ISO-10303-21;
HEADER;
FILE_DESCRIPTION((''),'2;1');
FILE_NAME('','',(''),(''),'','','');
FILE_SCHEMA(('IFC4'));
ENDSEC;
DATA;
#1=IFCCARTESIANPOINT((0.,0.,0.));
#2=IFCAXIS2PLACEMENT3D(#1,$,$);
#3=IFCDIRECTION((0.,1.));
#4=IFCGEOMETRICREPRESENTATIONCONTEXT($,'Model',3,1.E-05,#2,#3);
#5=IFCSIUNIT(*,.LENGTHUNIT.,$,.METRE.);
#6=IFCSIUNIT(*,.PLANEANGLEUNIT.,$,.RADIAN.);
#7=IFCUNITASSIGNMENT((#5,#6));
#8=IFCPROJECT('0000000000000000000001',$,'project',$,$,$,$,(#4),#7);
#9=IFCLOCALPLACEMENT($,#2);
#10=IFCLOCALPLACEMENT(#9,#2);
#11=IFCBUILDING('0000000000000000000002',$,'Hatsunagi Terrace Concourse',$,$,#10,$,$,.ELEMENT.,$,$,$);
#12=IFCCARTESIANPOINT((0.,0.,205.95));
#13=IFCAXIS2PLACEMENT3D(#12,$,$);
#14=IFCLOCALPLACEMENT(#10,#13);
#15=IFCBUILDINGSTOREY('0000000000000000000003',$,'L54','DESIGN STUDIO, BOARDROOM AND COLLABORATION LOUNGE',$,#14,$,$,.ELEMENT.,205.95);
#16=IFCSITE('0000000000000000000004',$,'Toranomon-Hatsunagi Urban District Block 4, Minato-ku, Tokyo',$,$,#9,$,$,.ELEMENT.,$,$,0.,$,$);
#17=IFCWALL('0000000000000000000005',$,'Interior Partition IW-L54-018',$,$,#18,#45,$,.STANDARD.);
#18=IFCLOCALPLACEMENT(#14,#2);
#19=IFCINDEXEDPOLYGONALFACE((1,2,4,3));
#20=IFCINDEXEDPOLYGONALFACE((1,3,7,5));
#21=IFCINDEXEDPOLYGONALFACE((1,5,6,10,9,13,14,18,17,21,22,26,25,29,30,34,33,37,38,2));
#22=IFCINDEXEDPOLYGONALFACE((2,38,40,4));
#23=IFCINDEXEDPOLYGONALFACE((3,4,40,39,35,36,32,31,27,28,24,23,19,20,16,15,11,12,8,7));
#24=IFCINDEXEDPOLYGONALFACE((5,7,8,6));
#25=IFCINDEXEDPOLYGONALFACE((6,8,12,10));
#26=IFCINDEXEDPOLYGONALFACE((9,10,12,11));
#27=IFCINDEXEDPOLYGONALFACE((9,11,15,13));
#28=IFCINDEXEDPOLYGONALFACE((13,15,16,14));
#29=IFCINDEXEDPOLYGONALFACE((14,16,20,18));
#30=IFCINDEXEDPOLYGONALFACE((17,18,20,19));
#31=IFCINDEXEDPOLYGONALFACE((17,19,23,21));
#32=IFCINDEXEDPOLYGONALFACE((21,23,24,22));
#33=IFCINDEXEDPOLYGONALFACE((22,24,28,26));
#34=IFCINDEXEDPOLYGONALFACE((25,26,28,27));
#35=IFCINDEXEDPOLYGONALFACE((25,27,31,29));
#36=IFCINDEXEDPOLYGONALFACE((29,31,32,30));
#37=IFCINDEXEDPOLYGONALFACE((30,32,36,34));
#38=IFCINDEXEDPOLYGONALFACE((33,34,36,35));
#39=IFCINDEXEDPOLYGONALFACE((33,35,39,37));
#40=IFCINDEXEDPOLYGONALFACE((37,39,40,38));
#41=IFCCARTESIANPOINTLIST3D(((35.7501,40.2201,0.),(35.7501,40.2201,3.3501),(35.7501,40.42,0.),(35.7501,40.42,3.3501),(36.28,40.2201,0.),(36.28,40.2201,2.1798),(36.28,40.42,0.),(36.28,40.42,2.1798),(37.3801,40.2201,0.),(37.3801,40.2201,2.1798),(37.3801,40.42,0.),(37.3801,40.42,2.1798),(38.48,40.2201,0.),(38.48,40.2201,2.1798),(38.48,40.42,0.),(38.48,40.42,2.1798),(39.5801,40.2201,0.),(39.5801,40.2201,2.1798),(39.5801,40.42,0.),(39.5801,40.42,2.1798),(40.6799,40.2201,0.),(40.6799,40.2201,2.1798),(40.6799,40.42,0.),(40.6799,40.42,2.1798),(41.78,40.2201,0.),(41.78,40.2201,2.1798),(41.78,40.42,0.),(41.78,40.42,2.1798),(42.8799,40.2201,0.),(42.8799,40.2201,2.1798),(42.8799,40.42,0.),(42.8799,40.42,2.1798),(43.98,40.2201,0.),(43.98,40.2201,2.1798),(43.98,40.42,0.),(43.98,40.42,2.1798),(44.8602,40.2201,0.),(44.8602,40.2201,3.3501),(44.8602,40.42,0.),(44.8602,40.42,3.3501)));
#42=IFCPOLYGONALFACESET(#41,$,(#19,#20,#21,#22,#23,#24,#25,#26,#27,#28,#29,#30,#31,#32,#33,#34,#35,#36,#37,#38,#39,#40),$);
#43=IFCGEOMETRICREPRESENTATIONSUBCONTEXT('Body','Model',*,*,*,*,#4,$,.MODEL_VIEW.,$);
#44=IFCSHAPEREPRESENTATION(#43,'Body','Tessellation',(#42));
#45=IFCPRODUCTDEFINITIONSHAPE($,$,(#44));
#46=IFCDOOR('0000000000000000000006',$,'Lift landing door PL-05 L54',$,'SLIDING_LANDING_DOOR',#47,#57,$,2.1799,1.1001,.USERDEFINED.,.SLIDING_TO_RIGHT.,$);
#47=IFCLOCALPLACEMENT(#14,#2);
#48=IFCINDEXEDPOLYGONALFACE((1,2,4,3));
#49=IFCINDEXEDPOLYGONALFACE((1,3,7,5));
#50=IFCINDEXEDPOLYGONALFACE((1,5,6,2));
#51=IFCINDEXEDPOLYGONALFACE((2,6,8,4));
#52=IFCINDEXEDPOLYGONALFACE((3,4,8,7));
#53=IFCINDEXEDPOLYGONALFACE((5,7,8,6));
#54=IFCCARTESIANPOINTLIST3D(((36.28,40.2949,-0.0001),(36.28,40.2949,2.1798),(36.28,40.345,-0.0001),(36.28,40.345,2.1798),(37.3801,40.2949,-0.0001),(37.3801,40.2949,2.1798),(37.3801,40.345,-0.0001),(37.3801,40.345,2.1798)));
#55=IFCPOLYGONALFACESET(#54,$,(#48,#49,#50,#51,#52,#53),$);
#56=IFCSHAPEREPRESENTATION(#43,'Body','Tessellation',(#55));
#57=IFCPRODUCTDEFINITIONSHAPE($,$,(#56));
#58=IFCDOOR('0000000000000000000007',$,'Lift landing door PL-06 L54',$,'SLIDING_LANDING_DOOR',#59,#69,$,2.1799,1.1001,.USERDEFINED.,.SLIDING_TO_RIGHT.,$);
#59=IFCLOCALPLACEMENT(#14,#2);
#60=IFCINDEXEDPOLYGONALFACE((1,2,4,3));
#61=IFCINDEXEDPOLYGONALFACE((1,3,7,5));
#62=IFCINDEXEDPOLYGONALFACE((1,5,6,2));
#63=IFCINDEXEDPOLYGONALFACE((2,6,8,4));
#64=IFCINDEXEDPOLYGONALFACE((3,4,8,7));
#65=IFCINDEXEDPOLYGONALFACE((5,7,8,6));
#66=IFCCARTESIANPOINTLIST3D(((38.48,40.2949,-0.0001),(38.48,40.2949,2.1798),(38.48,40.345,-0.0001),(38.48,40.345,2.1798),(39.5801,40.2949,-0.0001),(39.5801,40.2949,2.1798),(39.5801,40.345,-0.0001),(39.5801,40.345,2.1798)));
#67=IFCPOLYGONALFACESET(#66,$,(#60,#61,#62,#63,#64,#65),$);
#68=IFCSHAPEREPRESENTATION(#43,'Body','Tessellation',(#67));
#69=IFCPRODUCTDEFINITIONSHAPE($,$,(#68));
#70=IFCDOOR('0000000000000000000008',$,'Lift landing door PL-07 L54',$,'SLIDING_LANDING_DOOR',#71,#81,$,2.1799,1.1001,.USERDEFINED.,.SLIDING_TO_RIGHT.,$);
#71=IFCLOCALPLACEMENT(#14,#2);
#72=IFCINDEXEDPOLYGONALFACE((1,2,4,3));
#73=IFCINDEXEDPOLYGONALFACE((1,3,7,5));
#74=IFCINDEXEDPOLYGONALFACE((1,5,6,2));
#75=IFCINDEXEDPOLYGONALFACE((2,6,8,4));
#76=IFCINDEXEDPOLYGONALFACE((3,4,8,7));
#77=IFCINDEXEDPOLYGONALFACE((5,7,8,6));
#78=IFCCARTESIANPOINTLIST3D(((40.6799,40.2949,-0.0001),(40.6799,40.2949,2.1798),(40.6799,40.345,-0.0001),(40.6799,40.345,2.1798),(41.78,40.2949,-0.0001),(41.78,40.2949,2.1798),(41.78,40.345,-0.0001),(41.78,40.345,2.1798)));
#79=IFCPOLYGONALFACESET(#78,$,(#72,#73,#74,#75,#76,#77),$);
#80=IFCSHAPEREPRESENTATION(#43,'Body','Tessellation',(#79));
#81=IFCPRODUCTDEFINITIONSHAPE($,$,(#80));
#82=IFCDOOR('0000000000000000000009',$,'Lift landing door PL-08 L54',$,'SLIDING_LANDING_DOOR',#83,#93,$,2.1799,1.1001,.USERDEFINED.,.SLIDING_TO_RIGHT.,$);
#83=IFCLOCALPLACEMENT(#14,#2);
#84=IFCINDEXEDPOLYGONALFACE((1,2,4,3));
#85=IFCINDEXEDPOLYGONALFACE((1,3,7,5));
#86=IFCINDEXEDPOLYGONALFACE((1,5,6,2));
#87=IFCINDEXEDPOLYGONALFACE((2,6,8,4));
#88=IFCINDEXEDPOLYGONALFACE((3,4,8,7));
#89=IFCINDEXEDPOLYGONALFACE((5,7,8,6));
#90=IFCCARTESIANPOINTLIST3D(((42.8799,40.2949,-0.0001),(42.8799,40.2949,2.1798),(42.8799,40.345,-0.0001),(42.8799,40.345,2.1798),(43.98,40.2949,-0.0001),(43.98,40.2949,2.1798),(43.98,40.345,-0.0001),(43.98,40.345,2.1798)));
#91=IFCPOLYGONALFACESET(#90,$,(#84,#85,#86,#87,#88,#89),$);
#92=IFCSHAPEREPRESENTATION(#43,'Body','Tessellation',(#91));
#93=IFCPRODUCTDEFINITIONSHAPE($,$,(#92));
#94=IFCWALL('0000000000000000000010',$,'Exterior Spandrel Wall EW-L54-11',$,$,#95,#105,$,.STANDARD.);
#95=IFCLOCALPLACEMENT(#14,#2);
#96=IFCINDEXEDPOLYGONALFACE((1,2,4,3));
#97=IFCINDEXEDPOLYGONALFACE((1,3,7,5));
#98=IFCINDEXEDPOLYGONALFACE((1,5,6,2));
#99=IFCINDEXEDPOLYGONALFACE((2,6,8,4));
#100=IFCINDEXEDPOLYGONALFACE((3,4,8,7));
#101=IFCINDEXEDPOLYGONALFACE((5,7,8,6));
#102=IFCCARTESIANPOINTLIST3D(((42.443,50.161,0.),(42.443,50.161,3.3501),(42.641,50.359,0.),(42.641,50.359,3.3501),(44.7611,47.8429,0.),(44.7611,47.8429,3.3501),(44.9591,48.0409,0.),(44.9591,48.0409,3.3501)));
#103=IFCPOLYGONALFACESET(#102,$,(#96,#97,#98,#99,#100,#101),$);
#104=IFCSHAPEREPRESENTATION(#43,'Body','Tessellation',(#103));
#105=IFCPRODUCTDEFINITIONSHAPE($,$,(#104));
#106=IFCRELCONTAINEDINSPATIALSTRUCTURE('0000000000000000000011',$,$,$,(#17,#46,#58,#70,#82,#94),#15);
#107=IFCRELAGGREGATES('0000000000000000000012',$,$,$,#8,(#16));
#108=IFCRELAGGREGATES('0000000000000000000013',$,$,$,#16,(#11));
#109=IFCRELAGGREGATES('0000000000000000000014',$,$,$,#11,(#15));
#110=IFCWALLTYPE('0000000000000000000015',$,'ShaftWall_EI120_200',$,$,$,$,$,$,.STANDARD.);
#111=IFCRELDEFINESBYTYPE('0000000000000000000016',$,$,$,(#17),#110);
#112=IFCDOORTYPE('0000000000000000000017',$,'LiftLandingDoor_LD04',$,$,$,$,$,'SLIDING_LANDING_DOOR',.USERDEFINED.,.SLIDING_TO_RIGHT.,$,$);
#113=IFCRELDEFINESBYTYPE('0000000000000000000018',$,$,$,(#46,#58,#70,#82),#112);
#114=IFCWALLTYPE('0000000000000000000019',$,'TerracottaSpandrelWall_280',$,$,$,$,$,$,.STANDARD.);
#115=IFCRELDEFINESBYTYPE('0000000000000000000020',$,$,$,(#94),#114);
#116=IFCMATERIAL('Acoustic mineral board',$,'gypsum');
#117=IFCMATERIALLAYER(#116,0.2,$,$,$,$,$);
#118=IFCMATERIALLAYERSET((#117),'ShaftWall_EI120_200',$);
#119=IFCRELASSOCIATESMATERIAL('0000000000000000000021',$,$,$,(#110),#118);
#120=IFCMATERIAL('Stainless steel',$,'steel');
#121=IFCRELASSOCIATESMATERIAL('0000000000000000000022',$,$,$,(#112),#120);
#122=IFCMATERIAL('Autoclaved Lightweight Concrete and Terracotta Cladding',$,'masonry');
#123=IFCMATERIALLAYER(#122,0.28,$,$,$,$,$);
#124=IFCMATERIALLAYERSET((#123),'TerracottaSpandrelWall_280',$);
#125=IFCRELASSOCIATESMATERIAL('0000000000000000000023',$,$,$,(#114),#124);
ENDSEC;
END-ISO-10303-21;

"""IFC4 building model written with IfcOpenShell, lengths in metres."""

from ifc_helpers import new_model, si_unit, direction, frame, frame_2d, origin, place, context, subcontext, project, spatial, rectangle, extrude, material, layer, layer_set, type_object, element, fill, save


model = new_model("IFC4")

# Units and contexts
model_context = context("Model", 3, precision=1e-05, world=origin(), true_north=direction((0.0, 1.0)))
body_context = subcontext(model_context, "Body", "Model", "MODEL_VIEW")
ifc_project = project(units=[si_unit("LENGTHUNIT", "METRE"), si_unit("PLANEANGLEUNIT", "RADIAN")], contexts=[model_context])

# Site, building, storey
site_placement = place(None, origin())
site = spatial("IfcSite", under=ifc_project, at=site_placement, Name="Toranomon-Hatsunagi Urban District Block 4, Minato-ku, Tokyo", CompositionType="ELEMENT", RefElevation=0.0)
building_placement = place(site_placement, origin())
building = spatial("IfcBuilding", under=site, at=building_placement, Name="Hatsunagi Terrace Concourse", CompositionType="ELEMENT")
storey_placement = place(building_placement, frame((0.0, 0.0, 205.95)))
storey = spatial("IfcBuildingStorey", under=building, at=storey_placement, Name="L54", Description="DESIGN STUDIO, BOARDROOM AND COLLABORATION LOUNGE", CompositionType="ELEMENT", Elevation=205.95)

# Shared definitions
ifc_material_1 = material(Name="Acoustic mineral board", Category="gypsum")
ifc_layer_1 = layer(ifc_material_1, 0.2)
ifc_layer_set_1 = layer_set([ifc_layer_1], Name="ShaftWall_EI120_200")
wall_type_1 = type_object("IfcWallType", Name="ShaftWall_EI120_200", PredefinedType="STANDARD", material=ifc_layer_set_1)

# Wall, openings, doors
wall_1_placement = place(storey_placement, frame((35.75, 40.3201, 0.0), z_axis=(0.0, 0.0, 1.0), x_axis=(1.0, 0.0, 0.0)))
wall_1 = element("IfcWall", 1, at=wall_1_placement, inside=storey, type_object=wall_type_1, Name="Interior Partition IW-L54-018", PredefinedType="STANDARD", context=body_context, shape_type="SweptSolid", body=[
    extrude(rectangle(XDim=9.1101, YDim=0.2, at=frame_2d((4.5552, 0.0))), origin(), (0.0, 0.0, 1.0), 3.3501),
])
opening_1_placement = place(wall_1_placement, frame((0.53, 0.0, 0.0)))
opening_1 = element("IfcOpeningElement", 2, at=opening_1_placement, cuts=wall_1, PredefinedType="OPENING", context=body_context, shape_type="SweptSolid", body=[
    extrude(rectangle(XDim=1.1001, YDim=2.1799, at=frame_2d((0.55, 1.0898))), frame((0.0, 0.1099, 0.0), z_axis=(0.0, -1.0, 0.0), x_axis=(1.0, 0.0, 0.0)), (0.0, 0.0, 1.0), 0.22),
])
opening_2_placement = place(wall_1_placement, frame((2.73, 0.0, 0.0)))
opening_2 = element("IfcOpeningElement", 3, at=opening_2_placement, cuts=wall_1, PredefinedType="OPENING", context=body_context, shape_type="SweptSolid", body=[
    extrude(rectangle(XDim=1.1001, YDim=2.1799, at=frame_2d((0.55, 1.0898))), frame((0.0, 0.1099, 0.0), z_axis=(0.0, -1.0, 0.0), x_axis=(1.0, 0.0, 0.0)), (0.0, 0.0, 1.0), 0.22),
])
opening_3_placement = place(wall_1_placement, frame((4.9299, 0.0, 0.0)))
opening_3 = element("IfcOpeningElement", 4, at=opening_3_placement, cuts=wall_1, PredefinedType="OPENING", context=body_context, shape_type="SweptSolid", body=[
    extrude(rectangle(XDim=1.1001, YDim=2.1799, at=frame_2d((0.55, 1.0898))), frame((0.0, 0.1099, 0.0), z_axis=(0.0, -1.0, 0.0), x_axis=(1.0, 0.0, 0.0)), (0.0, 0.0, 1.0), 0.22),
])
opening_4_placement = place(wall_1_placement, frame((7.1299, 0.0, 0.0)))
opening_4 = element("IfcOpeningElement", 5, at=opening_4_placement, cuts=wall_1, PredefinedType="OPENING", context=body_context, shape_type="SweptSolid", body=[
    extrude(rectangle(XDim=1.1001, YDim=2.1799, at=frame_2d((0.55, 1.0898))), frame((0.0, 0.1099, 0.0), z_axis=(0.0, -1.0, 0.0), x_axis=(1.0, 0.0, 0.0)), (0.0, 0.0, 1.0), 0.22),
])
ifc_material_2 = material(Name="Stainless steel", Category="steel")
door_type_1 = type_object("IfcDoorType", Name="LiftLandingDoor_LD04", ElementType="SLIDING_LANDING_DOOR", OperationType="SLIDING_TO_RIGHT", PredefinedType="USERDEFINED", material=ifc_material_2)
door_1_placement = place(opening_1_placement, origin())
door_1 = element("IfcDoor", 6, at=door_1_placement, inside=storey, type_object=door_type_1, Name="Lift landing door PL-05 L54", ObjectType="SLIDING_LANDING_DOOR", OperationType="SLIDING_TO_RIGHT", OverallHeight=2.1799, OverallWidth=1.1001, PredefinedType="USERDEFINED", context=body_context, shape_type="SweptSolid", body=[
    extrude(rectangle(XDim=1.1001, YDim=2.1799, at=frame_2d((0.55, 1.0898))), frame((0.0, 0.0249, 0.0), z_axis=(0.0, -1.0, 0.0), x_axis=(1.0, 0.0, 0.0)), (0.0, 0.0, 1.0), 0.05),
])
fill(opening_1, door_1)
door_2_placement = place(opening_2_placement, origin())
door_2 = element("IfcDoor", 7, at=door_2_placement, inside=storey, type_object=door_type_1, Name="Lift landing door PL-06 L54", ObjectType="SLIDING_LANDING_DOOR", OperationType="SLIDING_TO_RIGHT", OverallHeight=2.1799, OverallWidth=1.1001, PredefinedType="USERDEFINED", context=body_context, shape_type="SweptSolid", body=[
    extrude(rectangle(XDim=1.1001, YDim=2.1799, at=frame_2d((0.55, 1.0898))), frame((0.0, 0.0249, 0.0), z_axis=(0.0, -1.0, 0.0), x_axis=(1.0, 0.0, 0.0)), (0.0, 0.0, 1.0), 0.05),
])
fill(opening_2, door_2)
door_3_placement = place(opening_3_placement, origin())
door_3 = element("IfcDoor", 8, at=door_3_placement, inside=storey, type_object=door_type_1, Name="Lift landing door PL-07 L54", ObjectType="SLIDING_LANDING_DOOR", OperationType="SLIDING_TO_RIGHT", OverallHeight=2.1799, OverallWidth=1.1001, PredefinedType="USERDEFINED", context=body_context, shape_type="SweptSolid", body=[
    extrude(rectangle(XDim=1.1001, YDim=2.1799, at=frame_2d((0.55, 1.0898))), frame((0.0, 0.0249, 0.0), z_axis=(0.0, -1.0, 0.0), x_axis=(1.0, 0.0, 0.0)), (0.0, 0.0, 1.0), 0.05),
])
fill(opening_3, door_3)
door_4_placement = place(opening_4_placement, origin())
door_4 = element("IfcDoor", 9, at=door_4_placement, inside=storey, type_object=door_type_1, Name="Lift landing door PL-08 L54", ObjectType="SLIDING_LANDING_DOOR", OperationType="SLIDING_TO_RIGHT", OverallHeight=2.1799, OverallWidth=1.1001, PredefinedType="USERDEFINED", context=body_context, shape_type="SweptSolid", body=[
    extrude(rectangle(XDim=1.1001, YDim=2.1799, at=frame_2d((0.55, 1.0898))), frame((0.0, 0.0249, 0.0), z_axis=(0.0, -1.0, 0.0), x_axis=(1.0, 0.0, 0.0)), (0.0, 0.0, 1.0), 0.05),
])
fill(opening_4, door_4)

# Wall
ifc_material_3 = material(Name="Autoclaved Lightweight Concrete and Terracotta Cladding", Category="masonry")
ifc_layer_2 = layer(ifc_material_3, 0.28)
ifc_layer_set_2 = layer_set([ifc_layer_2], Name="TerracottaSpandrelWall_280")
wall_type_2 = type_object("IfcWallType", Name="TerracottaSpandrelWall_280", PredefinedType="STANDARD", material=ifc_layer_set_2)
wall_2_placement = place(storey_placement, frame((42.542, 50.26, 0.0), z_axis=(0.0, 0.0, 1.0), x_axis=(0.707107, -0.707107, 0.0)))
element("IfcWall", 10, at=wall_2_placement, inside=storey, type_object=wall_type_2, Name="Exterior Spandrel Wall EW-L54-11", PredefinedType="STANDARD", context=body_context, shape_type="SweptSolid", body=[
    extrude(rectangle(XDim=3.2783, YDim=0.28, at=frame_2d((1.6392, 0.0))), origin(), (0.0, 0.0, 1.0), 3.3501),
])

save(model, "model.ifc")
